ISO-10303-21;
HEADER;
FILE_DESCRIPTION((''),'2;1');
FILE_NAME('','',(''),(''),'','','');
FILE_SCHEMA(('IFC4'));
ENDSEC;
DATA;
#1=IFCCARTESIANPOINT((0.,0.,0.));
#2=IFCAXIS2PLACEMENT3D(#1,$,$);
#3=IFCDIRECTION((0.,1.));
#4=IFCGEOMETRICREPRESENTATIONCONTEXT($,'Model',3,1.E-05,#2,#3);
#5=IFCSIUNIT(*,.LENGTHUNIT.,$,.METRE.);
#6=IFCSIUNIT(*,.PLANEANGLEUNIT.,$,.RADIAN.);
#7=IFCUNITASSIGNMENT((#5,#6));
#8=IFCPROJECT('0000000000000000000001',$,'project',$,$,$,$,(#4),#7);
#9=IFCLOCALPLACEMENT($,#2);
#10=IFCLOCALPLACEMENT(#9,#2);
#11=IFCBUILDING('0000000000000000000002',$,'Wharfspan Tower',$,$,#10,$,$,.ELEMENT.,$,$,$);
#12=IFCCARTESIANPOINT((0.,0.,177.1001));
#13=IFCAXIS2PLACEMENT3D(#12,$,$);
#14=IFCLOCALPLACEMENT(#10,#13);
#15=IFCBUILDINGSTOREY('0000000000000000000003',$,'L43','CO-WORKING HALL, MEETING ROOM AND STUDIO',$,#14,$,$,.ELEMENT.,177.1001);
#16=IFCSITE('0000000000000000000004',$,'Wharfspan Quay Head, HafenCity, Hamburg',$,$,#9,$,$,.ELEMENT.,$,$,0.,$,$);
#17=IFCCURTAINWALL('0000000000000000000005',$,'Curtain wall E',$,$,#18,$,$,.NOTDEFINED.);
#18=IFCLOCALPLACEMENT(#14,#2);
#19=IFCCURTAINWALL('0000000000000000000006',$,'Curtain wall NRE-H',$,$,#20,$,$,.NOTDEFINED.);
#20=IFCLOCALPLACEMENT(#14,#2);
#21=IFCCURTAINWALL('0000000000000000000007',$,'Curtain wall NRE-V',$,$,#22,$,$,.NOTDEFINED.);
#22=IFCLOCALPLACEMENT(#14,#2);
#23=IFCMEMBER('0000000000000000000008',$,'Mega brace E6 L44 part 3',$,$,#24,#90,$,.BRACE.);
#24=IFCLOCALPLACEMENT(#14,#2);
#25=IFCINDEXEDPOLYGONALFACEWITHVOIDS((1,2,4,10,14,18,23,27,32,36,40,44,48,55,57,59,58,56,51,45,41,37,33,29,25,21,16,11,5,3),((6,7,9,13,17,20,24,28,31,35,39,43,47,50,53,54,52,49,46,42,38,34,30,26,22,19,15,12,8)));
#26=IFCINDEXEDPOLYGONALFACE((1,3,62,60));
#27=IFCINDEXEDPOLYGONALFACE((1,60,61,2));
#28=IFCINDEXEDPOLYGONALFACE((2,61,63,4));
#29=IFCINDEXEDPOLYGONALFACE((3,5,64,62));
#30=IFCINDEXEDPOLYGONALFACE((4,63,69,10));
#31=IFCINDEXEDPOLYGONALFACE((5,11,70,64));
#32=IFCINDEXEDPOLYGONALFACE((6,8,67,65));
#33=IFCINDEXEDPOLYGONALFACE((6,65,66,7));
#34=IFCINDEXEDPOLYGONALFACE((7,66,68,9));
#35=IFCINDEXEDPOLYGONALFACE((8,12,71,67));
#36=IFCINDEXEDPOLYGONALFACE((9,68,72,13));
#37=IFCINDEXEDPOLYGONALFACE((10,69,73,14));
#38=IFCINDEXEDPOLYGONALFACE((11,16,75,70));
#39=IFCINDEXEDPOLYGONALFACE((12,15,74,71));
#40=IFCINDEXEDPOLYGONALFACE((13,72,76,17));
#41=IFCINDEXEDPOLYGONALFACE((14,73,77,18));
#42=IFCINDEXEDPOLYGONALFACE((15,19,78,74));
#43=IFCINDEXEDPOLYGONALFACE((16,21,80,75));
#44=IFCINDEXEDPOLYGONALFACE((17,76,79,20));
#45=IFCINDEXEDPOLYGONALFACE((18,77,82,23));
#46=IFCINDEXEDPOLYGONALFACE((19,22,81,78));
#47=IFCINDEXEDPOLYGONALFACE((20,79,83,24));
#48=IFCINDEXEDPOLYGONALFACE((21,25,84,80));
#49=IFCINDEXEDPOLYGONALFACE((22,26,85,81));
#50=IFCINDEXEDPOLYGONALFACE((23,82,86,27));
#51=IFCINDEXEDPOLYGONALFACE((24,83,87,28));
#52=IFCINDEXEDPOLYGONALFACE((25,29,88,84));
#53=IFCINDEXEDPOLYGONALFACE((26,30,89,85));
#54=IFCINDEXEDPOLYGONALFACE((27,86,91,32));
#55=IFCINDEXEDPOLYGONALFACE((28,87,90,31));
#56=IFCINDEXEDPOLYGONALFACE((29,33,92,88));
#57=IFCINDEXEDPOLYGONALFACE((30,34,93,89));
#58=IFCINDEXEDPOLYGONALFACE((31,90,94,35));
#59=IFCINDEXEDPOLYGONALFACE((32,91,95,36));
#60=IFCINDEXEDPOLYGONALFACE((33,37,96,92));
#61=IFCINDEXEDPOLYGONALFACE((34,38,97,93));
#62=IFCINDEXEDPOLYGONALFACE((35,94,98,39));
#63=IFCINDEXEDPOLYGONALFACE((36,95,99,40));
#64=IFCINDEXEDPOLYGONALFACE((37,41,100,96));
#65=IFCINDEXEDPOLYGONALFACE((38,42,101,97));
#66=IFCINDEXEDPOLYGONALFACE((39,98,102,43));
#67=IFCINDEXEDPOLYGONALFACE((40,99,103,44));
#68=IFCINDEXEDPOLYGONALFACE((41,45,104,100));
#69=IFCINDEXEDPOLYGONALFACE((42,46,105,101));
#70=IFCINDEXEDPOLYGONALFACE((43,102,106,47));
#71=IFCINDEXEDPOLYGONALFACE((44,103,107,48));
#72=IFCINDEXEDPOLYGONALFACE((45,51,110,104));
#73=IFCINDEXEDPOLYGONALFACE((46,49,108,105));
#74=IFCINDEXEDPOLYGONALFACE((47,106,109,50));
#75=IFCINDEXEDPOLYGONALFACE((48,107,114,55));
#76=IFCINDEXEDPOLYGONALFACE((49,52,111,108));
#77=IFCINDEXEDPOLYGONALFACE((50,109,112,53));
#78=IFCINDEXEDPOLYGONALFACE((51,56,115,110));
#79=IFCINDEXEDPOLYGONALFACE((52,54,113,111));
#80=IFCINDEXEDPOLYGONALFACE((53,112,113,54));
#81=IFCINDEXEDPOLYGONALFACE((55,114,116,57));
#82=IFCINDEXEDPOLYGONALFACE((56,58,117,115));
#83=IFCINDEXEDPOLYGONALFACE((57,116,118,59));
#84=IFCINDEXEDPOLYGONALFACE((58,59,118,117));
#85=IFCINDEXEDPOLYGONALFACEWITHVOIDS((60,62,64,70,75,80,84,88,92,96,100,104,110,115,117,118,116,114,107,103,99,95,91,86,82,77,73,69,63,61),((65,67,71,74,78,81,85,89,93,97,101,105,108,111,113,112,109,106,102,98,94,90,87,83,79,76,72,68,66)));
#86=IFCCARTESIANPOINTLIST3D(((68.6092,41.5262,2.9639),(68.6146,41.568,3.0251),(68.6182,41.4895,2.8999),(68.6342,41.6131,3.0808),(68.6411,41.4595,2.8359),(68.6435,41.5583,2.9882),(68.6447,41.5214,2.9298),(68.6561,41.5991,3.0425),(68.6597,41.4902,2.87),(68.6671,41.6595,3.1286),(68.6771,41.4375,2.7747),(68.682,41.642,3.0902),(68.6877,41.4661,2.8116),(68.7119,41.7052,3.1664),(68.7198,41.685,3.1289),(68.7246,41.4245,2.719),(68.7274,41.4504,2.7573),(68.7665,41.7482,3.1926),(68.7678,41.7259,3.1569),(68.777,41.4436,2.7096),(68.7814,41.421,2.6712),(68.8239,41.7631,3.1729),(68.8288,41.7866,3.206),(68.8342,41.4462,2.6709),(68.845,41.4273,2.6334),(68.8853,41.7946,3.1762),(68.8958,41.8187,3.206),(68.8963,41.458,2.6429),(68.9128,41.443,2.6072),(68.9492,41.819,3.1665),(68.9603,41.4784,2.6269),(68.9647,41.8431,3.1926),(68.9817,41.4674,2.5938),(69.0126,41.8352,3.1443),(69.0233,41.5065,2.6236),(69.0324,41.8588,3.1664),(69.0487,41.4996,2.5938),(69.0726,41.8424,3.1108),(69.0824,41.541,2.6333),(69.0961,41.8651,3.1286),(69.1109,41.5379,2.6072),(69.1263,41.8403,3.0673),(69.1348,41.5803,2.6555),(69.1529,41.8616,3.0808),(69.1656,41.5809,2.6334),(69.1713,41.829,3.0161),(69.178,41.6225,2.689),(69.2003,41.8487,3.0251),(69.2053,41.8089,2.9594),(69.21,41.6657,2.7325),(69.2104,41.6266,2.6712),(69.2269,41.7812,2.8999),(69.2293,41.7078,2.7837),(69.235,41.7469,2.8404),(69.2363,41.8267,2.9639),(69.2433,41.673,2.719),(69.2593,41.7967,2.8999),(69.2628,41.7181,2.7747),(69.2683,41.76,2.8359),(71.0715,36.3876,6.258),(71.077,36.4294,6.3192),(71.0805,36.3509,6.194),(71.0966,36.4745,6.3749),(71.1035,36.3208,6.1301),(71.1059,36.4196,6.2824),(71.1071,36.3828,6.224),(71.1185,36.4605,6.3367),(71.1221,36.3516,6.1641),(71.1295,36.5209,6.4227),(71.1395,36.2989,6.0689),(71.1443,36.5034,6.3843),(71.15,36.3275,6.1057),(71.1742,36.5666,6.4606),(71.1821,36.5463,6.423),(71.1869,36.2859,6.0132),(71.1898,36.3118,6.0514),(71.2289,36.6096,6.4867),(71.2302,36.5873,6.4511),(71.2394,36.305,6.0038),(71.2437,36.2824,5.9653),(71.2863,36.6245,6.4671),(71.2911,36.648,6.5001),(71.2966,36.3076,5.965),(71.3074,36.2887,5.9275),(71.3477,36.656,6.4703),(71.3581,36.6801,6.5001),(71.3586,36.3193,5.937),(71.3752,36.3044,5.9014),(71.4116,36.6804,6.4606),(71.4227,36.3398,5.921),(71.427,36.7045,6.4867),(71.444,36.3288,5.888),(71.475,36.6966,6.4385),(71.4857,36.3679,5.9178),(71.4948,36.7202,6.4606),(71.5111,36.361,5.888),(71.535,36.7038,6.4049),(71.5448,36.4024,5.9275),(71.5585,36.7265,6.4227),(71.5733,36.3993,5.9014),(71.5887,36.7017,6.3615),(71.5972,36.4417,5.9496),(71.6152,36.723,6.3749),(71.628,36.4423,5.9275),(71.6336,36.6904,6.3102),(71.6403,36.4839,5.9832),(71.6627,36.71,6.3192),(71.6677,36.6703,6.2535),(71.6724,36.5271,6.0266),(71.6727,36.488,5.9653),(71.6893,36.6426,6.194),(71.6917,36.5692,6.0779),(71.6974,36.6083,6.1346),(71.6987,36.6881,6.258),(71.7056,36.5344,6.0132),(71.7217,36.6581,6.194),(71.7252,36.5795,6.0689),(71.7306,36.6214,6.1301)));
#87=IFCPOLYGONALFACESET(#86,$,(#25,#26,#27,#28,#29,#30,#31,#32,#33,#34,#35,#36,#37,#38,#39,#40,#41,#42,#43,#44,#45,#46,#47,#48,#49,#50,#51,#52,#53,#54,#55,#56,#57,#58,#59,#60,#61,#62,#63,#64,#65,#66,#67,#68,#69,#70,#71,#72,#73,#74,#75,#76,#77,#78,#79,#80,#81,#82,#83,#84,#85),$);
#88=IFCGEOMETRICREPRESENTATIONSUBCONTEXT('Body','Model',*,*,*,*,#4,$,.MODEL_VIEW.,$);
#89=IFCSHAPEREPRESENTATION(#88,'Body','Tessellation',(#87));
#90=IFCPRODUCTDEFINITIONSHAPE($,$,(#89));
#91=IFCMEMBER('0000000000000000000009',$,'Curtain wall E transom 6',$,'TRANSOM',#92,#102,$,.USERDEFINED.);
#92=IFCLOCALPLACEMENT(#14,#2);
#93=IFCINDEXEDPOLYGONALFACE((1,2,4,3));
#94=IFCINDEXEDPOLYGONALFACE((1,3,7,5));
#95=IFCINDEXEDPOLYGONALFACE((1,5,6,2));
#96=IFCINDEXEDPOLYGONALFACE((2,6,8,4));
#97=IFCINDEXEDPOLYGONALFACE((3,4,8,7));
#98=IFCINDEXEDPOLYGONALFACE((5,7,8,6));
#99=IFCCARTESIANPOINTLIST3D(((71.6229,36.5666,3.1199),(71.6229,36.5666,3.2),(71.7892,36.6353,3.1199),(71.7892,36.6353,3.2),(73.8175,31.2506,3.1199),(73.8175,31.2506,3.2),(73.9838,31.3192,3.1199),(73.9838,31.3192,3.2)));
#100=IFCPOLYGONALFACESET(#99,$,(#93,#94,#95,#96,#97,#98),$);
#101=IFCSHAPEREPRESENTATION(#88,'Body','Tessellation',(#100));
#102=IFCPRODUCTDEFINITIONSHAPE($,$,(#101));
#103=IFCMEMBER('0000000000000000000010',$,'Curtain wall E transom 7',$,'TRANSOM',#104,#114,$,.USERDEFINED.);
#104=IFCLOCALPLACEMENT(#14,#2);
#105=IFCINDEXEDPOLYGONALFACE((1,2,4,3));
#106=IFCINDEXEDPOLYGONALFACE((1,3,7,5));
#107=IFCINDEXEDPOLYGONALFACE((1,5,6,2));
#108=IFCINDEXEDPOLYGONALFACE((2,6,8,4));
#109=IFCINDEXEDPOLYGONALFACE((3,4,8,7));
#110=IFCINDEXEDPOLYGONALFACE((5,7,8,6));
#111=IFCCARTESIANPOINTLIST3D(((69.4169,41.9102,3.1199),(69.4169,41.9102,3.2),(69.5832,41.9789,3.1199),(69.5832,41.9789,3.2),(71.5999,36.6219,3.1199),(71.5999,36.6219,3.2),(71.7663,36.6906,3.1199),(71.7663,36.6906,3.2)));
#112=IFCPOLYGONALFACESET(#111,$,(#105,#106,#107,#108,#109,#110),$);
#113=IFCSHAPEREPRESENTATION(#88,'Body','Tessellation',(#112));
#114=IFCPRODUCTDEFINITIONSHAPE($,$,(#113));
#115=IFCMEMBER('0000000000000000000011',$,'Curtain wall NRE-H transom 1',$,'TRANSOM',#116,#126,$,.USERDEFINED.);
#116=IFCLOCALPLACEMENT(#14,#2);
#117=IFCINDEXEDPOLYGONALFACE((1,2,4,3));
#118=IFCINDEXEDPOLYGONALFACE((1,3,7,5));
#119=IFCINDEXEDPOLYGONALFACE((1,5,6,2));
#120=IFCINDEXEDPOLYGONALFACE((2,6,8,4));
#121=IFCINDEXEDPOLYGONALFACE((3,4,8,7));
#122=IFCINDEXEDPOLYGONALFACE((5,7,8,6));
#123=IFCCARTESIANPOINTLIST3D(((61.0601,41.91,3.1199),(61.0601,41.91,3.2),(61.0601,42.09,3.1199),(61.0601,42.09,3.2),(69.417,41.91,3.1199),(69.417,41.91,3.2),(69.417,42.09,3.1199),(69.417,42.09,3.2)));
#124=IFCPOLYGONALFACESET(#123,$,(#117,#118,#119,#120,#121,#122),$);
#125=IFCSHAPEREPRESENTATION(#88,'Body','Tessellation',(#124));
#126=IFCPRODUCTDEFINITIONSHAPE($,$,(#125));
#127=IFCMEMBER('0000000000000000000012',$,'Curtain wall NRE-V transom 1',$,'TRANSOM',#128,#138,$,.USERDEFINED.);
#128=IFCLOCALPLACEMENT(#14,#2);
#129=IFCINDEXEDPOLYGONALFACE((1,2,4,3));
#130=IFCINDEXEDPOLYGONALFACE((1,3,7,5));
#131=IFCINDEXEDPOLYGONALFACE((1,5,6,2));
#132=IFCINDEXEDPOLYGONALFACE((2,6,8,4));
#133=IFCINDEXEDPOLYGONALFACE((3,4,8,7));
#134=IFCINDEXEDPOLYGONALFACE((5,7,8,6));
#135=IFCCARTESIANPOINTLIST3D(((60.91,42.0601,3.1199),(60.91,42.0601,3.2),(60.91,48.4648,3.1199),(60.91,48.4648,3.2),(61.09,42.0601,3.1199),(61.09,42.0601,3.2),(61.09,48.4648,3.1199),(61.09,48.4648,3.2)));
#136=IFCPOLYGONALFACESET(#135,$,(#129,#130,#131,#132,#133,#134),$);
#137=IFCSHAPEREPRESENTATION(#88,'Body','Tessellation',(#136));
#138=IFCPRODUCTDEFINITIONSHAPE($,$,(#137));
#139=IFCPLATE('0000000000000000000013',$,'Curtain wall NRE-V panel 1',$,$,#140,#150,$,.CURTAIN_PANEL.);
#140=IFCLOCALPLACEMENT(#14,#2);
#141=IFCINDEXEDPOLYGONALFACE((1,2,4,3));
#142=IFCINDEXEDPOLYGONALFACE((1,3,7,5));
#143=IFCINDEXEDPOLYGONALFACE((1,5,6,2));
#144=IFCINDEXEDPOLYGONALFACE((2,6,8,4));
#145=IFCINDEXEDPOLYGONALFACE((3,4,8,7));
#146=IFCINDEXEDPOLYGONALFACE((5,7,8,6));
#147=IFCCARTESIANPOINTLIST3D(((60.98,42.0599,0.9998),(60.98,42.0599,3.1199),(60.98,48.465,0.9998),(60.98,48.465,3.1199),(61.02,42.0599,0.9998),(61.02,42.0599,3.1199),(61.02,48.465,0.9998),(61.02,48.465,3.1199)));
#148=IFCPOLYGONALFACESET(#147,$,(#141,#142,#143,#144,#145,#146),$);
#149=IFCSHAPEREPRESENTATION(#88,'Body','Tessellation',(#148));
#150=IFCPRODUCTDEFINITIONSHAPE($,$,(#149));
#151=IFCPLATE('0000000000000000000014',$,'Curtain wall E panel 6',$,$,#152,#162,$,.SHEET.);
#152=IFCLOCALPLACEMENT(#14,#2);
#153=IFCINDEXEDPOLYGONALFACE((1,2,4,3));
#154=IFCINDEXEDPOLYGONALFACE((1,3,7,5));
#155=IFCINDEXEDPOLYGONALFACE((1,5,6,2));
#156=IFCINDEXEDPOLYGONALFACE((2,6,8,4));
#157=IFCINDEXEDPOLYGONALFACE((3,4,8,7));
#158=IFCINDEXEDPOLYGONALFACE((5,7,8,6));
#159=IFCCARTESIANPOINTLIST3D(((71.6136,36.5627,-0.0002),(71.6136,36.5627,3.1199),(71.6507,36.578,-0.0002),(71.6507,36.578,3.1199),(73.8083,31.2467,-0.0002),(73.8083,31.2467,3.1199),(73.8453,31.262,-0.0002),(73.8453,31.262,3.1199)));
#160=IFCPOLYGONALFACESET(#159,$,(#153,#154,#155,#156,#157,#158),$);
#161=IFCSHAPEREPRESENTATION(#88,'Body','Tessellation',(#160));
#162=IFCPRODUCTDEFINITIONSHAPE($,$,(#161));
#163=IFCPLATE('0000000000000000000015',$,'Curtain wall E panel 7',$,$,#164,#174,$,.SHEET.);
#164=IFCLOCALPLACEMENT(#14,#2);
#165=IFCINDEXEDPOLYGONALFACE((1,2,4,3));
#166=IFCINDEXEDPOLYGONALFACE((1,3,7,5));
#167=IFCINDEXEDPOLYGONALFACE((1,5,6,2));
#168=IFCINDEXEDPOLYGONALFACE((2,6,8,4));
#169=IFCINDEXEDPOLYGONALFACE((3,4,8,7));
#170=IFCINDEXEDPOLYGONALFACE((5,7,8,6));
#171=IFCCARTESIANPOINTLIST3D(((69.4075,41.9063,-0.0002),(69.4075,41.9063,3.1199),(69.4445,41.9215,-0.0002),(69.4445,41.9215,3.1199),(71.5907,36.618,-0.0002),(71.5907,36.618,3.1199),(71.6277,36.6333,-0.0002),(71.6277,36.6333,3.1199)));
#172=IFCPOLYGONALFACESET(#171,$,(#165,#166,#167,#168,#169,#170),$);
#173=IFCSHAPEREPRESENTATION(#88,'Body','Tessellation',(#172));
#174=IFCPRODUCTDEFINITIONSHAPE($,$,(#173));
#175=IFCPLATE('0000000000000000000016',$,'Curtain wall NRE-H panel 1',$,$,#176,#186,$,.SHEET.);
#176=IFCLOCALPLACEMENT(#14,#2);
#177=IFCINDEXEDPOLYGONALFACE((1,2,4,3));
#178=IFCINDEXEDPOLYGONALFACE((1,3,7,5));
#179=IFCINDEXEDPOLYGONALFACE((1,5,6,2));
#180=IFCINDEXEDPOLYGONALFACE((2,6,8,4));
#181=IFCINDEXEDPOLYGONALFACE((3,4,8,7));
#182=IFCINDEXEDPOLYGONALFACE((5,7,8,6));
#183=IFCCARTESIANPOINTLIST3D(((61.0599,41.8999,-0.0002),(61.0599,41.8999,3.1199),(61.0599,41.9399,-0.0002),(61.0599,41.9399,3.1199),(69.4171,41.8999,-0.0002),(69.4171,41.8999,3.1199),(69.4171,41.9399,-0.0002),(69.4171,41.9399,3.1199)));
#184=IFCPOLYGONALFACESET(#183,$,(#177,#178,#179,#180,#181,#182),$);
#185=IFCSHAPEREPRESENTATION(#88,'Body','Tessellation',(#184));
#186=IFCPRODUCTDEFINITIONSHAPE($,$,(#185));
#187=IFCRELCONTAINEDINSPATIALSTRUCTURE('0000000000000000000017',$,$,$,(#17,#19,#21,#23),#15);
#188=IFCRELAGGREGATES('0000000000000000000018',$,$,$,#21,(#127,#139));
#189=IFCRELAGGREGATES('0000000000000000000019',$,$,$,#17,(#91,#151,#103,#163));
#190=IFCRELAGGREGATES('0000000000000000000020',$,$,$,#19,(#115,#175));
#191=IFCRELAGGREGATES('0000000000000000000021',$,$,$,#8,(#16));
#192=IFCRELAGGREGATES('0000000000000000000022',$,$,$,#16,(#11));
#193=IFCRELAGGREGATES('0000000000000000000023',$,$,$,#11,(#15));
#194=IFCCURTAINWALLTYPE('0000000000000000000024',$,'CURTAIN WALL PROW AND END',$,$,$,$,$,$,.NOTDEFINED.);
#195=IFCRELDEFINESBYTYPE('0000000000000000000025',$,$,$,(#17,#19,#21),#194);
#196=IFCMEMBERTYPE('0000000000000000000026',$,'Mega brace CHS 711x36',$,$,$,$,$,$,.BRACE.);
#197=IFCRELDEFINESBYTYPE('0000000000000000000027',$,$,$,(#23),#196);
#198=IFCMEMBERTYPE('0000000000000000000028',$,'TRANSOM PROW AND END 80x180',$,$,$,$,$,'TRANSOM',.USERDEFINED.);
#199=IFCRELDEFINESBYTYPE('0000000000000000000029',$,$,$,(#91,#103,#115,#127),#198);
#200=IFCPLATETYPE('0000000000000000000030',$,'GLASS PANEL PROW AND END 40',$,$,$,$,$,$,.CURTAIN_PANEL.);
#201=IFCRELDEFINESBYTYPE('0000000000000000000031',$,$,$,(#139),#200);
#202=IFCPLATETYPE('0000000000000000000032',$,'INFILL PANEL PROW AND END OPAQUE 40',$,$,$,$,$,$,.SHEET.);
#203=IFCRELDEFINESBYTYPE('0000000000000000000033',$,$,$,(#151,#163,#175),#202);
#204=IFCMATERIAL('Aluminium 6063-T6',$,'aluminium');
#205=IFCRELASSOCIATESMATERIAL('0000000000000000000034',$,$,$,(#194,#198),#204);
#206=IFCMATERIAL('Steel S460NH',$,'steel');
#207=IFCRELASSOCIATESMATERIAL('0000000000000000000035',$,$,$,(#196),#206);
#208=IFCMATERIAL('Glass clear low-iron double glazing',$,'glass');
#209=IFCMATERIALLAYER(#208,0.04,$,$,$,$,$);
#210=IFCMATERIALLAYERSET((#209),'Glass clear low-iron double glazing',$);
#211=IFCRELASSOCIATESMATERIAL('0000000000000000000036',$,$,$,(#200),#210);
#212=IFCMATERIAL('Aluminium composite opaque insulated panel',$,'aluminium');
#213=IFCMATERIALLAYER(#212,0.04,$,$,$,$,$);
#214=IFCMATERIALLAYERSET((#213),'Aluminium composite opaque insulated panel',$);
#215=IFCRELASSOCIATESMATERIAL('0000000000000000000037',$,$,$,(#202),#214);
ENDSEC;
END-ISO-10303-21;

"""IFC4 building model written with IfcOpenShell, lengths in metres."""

from ifc_helpers import new_model, si_unit, direction, frame, origin, origin_2d, place, context, subcontext, project, spatial, rectangle, hollow_circle, extrude, material, layer, layer_set, material_profile, profile_set, type_object, element, aggregate, save


model = new_model("IFC4")

# Units and contexts
model_context = context("Model", 3, precision=1e-05, world=origin(), true_north=direction((0.0, 1.0)))
body_context = subcontext(model_context, "Body", "Model", "MODEL_VIEW")
ifc_project = project(units=[si_unit("LENGTHUNIT", "METRE"), si_unit("PLANEANGLEUNIT", "RADIAN")], contexts=[model_context])

# Site, building, storey
site_placement = place(None, origin())
site = spatial("IfcSite", under=ifc_project, at=site_placement, Name="Wharfspan Quay Head, HafenCity, Hamburg", CompositionType="ELEMENT", RefElevation=0.0)
building_placement = place(site_placement, origin())
building = spatial("IfcBuilding", under=site, at=building_placement, Name="Wharfspan Tower", CompositionType="ELEMENT")
storey_placement = place(building_placement, frame((0.0, 0.0, 177.1001)))
storey = spatial("IfcBuildingStorey", under=building, at=storey_placement, Name="L43", Description="CO-WORKING HALL, MEETING ROOM AND STUDIO", CompositionType="ELEMENT", Elevation=177.1001)

# Curtain walls
ifc_material_1 = material(Name="Aluminium 6063-T6", Category="aluminium")
curtain_wall_type = type_object("IfcCurtainWallType", Name="CURTAIN WALL PROW AND END", PredefinedType="NOTDEFINED", material=ifc_material_1)
curtain_wall_1_placement = place(storey_placement, origin())
curtain_wall_1 = element("IfcCurtainWall", 1, at=curtain_wall_1_placement, inside=storey, type_object=curtain_wall_type, Name="Curtain wall E", PredefinedType="NOTDEFINED")
curtain_wall_2_placement = place(storey_placement, origin())
curtain_wall_2 = element("IfcCurtainWall", 2, at=curtain_wall_2_placement, inside=storey, type_object=curtain_wall_type, Name="Curtain wall NRE-H", PredefinedType="NOTDEFINED")
curtain_wall_3_placement = place(storey_placement, origin())
curtain_wall_3 = element("IfcCurtainWall", 3, at=curtain_wall_3_placement, inside=storey, type_object=curtain_wall_type, Name="Curtain wall NRE-V", PredefinedType="NOTDEFINED")

# Members
ifc_material_2 = material(Name="Steel S460NH", Category="steel")
ifc_material_profile_1 = material_profile(ifc_material_2, hollow_circle(Radius=0.3555, WallThickness=0.0359, at=origin_2d()))
ifc_profile_set_1 = profile_set([ifc_material_profile_1], Name="Steel S460NH")
member_type_1 = type_object("IfcMemberType", Name="Mega brace CHS 711x36", PredefinedType="BRACE", material=ifc_profile_set_1)
member_1_placement = place(storey_placement, frame((68.9387, 41.6431, 2.8999), z_axis=(0.374119, -0.780731, 0.500494), x_axis=(0.90181, 0.432137, -0.000003)))
element("IfcMember", 4, at=member_1_placement, inside=storey, type_object=member_type_1, Name="Mega brace E6 L44 part 3", PredefinedType="BRACE", context=body_context, shape_type="SweptSolid", body=[
    extrude(hollow_circle(Radius=0.3555, WallThickness=0.0359, at=origin_2d()), origin(), (0.0, 0.0, 1.0), 6.5818),
])
ifc_material_profile_2 = material_profile(ifc_material_1, rectangle(XDim=0.1799, YDim=0.0801, at=origin_2d()))
ifc_profile_set_2 = profile_set([ifc_material_profile_2], Name="Aluminium 6063-T6")
member_type_2 = type_object("IfcMemberType", Name="TRANSOM PROW AND END 80x180", ElementType="TRANSOM", PredefinedType="USERDEFINED", material=ifc_profile_set_2)
member_2_placement = place(storey_placement, frame((73.9006, 31.2849, 3.1599), z_axis=(-0.381593, 0.92433, 0.0), x_axis=(-0.92433, -0.381593, 0.0)))
member_2 = element("IfcMember", 5, at=member_2_placement, type_object=member_type_2, Name="Curtain wall E transom 6", ObjectType="TRANSOM", PredefinedType="USERDEFINED", context=body_context, shape_type="SweptSolid", body=[
    extrude(rectangle(XDim=0.1799, YDim=0.0801, at=origin_2d()), origin(), (0.0, 0.0, 1.0), 5.7512),
])
member_3_placement = place(storey_placement, frame((71.6831, 36.6562, 3.1599), z_axis=(-0.38158, 0.924336, 0.0), x_axis=(-0.924336, -0.38158, 0.0)))
member_3 = element("IfcMember", 6, at=member_3_placement, type_object=member_type_2, Name="Curtain wall E transom 7", ObjectType="TRANSOM", PredefinedType="USERDEFINED", context=body_context, shape_type="SweptSolid", body=[
    extrude(rectangle(XDim=0.1799, YDim=0.0801, at=origin_2d()), origin(), (0.0, 0.0, 1.0), 5.7212),
])
member_4_placement = place(storey_placement, frame((69.417, 42.0, 3.1599), z_axis=(-1.0, 0.0, 0.0), x_axis=(0.0, -1.0, 0.0)))
member_4 = element("IfcMember", 7, at=member_4_placement, type_object=member_type_2, Name="Curtain wall NRE-H transom 1", ObjectType="TRANSOM", PredefinedType="USERDEFINED", context=body_context, shape_type="SweptSolid", body=[
    extrude(rectangle(XDim=0.1799, YDim=0.0801, at=origin_2d()), origin(), (0.0, 0.0, 1.0), 8.3569),
])
member_5_placement = place(storey_placement, frame((61.0, 42.0601, 3.1599), z_axis=(0.0, 1.0, 0.0), x_axis=(-1.0, 0.0, 0.0)))
member_5 = element("IfcMember", 8, at=member_5_placement, type_object=member_type_2, Name="Curtain wall NRE-V transom 1", ObjectType="TRANSOM", PredefinedType="USERDEFINED", context=body_context, shape_type="SweptSolid", body=[
    extrude(rectangle(XDim=0.1799, YDim=0.0801, at=origin_2d()), origin(), (0.0, 0.0, 1.0), 6.4048),
])

# Plates
ifc_material_3 = material(Name="Glass clear low-iron double glazing", Category="glass")
ifc_layer_1 = layer(ifc_material_3, 0.04)
ifc_layer_set_1 = layer_set([ifc_layer_1], Name="Glass clear low-iron double glazing")
plate_type_1 = type_object("IfcPlateType", Name="GLASS PANEL PROW AND END 40", PredefinedType="CURTAIN_PANEL", material=ifc_layer_set_1)
plate_1_placement = place(storey_placement, frame((61.0, 45.2625, 0.9998), z_axis=(0.0, 0.0, 1.0), x_axis=(0.0, 1.0, 0.0)))
plate_1 = element("IfcPlate", 9, at=plate_1_placement, type_object=plate_type_1, Name="Curtain wall NRE-V panel 1", PredefinedType="CURTAIN_PANEL", context=body_context, shape_type="SweptSolid", body=[
    extrude(rectangle(XDim=6.405, YDim=0.04, at=origin_2d()), origin(), (0.0, 0.0, 1.0), 2.1201),
])
aggregate(curtain_wall_3, [member_5, plate_1])
ifc_material_4 = material(Name="Aluminium composite opaque insulated panel", Category="aluminium")
ifc_layer_2 = layer(ifc_material_4, 0.04)
ifc_layer_set_2 = layer_set([ifc_layer_2], Name="Aluminium composite opaque insulated panel")
plate_type_2 = type_object("IfcPlateType", Name="INFILL PANEL PROW AND END OPAQUE 40", PredefinedType="SHEET", material=ifc_layer_set_2)
plate_2_placement = place(storey_placement, frame((72.7295, 33.9124, -0.0002), z_axis=(0.0, 0.0, 1.0), x_axis=(-0.381602, 0.924325, 0.0)))
plate_2 = element("IfcPlate", 10, at=plate_2_placement, type_object=plate_type_2, Name="Curtain wall E panel 6", PredefinedType="SHEET", context=body_context, shape_type="SweptSolid", body=[
    extrude(rectangle(XDim=5.7512, YDim=0.04, at=origin_2d()), origin(), (0.0, 0.0, 1.0), 3.1201),
])
plate_3_placement = place(storey_placement, frame((70.5176, 39.2698, -0.0002), z_axis=(0.0, 0.0, 1.0), x_axis=(-0.381602, 0.924325, 0.0)))
plate_3 = element("IfcPlate", 11, at=plate_3_placement, type_object=plate_type_2, Name="Curtain wall E panel 7", PredefinedType="SHEET", context=body_context, shape_type="SweptSolid", body=[
    extrude(rectangle(XDim=5.7212, YDim=0.04, at=origin_2d()), origin(), (0.0, 0.0, 1.0), 3.1201),
])
aggregate(curtain_wall_1, [member_2, plate_2, member_3, plate_3])
plate_4_placement = place(storey_placement, frame((65.2385, 41.9199, -0.0002), z_axis=(0.0, 0.0, 1.0), x_axis=(-1.0, 0.0, 0.0)))
plate_4 = element("IfcPlate", 12, at=plate_4_placement, type_object=plate_type_2, Name="Curtain wall NRE-H panel 1", PredefinedType="SHEET", context=body_context, shape_type="SweptSolid", body=[
    extrude(rectangle(XDim=8.3572, YDim=0.04, at=origin_2d()), origin(), (0.0, 0.0, 1.0), 3.1201),
])
aggregate(curtain_wall_2, [member_4, plate_4])

save(model, "model.ifc")
